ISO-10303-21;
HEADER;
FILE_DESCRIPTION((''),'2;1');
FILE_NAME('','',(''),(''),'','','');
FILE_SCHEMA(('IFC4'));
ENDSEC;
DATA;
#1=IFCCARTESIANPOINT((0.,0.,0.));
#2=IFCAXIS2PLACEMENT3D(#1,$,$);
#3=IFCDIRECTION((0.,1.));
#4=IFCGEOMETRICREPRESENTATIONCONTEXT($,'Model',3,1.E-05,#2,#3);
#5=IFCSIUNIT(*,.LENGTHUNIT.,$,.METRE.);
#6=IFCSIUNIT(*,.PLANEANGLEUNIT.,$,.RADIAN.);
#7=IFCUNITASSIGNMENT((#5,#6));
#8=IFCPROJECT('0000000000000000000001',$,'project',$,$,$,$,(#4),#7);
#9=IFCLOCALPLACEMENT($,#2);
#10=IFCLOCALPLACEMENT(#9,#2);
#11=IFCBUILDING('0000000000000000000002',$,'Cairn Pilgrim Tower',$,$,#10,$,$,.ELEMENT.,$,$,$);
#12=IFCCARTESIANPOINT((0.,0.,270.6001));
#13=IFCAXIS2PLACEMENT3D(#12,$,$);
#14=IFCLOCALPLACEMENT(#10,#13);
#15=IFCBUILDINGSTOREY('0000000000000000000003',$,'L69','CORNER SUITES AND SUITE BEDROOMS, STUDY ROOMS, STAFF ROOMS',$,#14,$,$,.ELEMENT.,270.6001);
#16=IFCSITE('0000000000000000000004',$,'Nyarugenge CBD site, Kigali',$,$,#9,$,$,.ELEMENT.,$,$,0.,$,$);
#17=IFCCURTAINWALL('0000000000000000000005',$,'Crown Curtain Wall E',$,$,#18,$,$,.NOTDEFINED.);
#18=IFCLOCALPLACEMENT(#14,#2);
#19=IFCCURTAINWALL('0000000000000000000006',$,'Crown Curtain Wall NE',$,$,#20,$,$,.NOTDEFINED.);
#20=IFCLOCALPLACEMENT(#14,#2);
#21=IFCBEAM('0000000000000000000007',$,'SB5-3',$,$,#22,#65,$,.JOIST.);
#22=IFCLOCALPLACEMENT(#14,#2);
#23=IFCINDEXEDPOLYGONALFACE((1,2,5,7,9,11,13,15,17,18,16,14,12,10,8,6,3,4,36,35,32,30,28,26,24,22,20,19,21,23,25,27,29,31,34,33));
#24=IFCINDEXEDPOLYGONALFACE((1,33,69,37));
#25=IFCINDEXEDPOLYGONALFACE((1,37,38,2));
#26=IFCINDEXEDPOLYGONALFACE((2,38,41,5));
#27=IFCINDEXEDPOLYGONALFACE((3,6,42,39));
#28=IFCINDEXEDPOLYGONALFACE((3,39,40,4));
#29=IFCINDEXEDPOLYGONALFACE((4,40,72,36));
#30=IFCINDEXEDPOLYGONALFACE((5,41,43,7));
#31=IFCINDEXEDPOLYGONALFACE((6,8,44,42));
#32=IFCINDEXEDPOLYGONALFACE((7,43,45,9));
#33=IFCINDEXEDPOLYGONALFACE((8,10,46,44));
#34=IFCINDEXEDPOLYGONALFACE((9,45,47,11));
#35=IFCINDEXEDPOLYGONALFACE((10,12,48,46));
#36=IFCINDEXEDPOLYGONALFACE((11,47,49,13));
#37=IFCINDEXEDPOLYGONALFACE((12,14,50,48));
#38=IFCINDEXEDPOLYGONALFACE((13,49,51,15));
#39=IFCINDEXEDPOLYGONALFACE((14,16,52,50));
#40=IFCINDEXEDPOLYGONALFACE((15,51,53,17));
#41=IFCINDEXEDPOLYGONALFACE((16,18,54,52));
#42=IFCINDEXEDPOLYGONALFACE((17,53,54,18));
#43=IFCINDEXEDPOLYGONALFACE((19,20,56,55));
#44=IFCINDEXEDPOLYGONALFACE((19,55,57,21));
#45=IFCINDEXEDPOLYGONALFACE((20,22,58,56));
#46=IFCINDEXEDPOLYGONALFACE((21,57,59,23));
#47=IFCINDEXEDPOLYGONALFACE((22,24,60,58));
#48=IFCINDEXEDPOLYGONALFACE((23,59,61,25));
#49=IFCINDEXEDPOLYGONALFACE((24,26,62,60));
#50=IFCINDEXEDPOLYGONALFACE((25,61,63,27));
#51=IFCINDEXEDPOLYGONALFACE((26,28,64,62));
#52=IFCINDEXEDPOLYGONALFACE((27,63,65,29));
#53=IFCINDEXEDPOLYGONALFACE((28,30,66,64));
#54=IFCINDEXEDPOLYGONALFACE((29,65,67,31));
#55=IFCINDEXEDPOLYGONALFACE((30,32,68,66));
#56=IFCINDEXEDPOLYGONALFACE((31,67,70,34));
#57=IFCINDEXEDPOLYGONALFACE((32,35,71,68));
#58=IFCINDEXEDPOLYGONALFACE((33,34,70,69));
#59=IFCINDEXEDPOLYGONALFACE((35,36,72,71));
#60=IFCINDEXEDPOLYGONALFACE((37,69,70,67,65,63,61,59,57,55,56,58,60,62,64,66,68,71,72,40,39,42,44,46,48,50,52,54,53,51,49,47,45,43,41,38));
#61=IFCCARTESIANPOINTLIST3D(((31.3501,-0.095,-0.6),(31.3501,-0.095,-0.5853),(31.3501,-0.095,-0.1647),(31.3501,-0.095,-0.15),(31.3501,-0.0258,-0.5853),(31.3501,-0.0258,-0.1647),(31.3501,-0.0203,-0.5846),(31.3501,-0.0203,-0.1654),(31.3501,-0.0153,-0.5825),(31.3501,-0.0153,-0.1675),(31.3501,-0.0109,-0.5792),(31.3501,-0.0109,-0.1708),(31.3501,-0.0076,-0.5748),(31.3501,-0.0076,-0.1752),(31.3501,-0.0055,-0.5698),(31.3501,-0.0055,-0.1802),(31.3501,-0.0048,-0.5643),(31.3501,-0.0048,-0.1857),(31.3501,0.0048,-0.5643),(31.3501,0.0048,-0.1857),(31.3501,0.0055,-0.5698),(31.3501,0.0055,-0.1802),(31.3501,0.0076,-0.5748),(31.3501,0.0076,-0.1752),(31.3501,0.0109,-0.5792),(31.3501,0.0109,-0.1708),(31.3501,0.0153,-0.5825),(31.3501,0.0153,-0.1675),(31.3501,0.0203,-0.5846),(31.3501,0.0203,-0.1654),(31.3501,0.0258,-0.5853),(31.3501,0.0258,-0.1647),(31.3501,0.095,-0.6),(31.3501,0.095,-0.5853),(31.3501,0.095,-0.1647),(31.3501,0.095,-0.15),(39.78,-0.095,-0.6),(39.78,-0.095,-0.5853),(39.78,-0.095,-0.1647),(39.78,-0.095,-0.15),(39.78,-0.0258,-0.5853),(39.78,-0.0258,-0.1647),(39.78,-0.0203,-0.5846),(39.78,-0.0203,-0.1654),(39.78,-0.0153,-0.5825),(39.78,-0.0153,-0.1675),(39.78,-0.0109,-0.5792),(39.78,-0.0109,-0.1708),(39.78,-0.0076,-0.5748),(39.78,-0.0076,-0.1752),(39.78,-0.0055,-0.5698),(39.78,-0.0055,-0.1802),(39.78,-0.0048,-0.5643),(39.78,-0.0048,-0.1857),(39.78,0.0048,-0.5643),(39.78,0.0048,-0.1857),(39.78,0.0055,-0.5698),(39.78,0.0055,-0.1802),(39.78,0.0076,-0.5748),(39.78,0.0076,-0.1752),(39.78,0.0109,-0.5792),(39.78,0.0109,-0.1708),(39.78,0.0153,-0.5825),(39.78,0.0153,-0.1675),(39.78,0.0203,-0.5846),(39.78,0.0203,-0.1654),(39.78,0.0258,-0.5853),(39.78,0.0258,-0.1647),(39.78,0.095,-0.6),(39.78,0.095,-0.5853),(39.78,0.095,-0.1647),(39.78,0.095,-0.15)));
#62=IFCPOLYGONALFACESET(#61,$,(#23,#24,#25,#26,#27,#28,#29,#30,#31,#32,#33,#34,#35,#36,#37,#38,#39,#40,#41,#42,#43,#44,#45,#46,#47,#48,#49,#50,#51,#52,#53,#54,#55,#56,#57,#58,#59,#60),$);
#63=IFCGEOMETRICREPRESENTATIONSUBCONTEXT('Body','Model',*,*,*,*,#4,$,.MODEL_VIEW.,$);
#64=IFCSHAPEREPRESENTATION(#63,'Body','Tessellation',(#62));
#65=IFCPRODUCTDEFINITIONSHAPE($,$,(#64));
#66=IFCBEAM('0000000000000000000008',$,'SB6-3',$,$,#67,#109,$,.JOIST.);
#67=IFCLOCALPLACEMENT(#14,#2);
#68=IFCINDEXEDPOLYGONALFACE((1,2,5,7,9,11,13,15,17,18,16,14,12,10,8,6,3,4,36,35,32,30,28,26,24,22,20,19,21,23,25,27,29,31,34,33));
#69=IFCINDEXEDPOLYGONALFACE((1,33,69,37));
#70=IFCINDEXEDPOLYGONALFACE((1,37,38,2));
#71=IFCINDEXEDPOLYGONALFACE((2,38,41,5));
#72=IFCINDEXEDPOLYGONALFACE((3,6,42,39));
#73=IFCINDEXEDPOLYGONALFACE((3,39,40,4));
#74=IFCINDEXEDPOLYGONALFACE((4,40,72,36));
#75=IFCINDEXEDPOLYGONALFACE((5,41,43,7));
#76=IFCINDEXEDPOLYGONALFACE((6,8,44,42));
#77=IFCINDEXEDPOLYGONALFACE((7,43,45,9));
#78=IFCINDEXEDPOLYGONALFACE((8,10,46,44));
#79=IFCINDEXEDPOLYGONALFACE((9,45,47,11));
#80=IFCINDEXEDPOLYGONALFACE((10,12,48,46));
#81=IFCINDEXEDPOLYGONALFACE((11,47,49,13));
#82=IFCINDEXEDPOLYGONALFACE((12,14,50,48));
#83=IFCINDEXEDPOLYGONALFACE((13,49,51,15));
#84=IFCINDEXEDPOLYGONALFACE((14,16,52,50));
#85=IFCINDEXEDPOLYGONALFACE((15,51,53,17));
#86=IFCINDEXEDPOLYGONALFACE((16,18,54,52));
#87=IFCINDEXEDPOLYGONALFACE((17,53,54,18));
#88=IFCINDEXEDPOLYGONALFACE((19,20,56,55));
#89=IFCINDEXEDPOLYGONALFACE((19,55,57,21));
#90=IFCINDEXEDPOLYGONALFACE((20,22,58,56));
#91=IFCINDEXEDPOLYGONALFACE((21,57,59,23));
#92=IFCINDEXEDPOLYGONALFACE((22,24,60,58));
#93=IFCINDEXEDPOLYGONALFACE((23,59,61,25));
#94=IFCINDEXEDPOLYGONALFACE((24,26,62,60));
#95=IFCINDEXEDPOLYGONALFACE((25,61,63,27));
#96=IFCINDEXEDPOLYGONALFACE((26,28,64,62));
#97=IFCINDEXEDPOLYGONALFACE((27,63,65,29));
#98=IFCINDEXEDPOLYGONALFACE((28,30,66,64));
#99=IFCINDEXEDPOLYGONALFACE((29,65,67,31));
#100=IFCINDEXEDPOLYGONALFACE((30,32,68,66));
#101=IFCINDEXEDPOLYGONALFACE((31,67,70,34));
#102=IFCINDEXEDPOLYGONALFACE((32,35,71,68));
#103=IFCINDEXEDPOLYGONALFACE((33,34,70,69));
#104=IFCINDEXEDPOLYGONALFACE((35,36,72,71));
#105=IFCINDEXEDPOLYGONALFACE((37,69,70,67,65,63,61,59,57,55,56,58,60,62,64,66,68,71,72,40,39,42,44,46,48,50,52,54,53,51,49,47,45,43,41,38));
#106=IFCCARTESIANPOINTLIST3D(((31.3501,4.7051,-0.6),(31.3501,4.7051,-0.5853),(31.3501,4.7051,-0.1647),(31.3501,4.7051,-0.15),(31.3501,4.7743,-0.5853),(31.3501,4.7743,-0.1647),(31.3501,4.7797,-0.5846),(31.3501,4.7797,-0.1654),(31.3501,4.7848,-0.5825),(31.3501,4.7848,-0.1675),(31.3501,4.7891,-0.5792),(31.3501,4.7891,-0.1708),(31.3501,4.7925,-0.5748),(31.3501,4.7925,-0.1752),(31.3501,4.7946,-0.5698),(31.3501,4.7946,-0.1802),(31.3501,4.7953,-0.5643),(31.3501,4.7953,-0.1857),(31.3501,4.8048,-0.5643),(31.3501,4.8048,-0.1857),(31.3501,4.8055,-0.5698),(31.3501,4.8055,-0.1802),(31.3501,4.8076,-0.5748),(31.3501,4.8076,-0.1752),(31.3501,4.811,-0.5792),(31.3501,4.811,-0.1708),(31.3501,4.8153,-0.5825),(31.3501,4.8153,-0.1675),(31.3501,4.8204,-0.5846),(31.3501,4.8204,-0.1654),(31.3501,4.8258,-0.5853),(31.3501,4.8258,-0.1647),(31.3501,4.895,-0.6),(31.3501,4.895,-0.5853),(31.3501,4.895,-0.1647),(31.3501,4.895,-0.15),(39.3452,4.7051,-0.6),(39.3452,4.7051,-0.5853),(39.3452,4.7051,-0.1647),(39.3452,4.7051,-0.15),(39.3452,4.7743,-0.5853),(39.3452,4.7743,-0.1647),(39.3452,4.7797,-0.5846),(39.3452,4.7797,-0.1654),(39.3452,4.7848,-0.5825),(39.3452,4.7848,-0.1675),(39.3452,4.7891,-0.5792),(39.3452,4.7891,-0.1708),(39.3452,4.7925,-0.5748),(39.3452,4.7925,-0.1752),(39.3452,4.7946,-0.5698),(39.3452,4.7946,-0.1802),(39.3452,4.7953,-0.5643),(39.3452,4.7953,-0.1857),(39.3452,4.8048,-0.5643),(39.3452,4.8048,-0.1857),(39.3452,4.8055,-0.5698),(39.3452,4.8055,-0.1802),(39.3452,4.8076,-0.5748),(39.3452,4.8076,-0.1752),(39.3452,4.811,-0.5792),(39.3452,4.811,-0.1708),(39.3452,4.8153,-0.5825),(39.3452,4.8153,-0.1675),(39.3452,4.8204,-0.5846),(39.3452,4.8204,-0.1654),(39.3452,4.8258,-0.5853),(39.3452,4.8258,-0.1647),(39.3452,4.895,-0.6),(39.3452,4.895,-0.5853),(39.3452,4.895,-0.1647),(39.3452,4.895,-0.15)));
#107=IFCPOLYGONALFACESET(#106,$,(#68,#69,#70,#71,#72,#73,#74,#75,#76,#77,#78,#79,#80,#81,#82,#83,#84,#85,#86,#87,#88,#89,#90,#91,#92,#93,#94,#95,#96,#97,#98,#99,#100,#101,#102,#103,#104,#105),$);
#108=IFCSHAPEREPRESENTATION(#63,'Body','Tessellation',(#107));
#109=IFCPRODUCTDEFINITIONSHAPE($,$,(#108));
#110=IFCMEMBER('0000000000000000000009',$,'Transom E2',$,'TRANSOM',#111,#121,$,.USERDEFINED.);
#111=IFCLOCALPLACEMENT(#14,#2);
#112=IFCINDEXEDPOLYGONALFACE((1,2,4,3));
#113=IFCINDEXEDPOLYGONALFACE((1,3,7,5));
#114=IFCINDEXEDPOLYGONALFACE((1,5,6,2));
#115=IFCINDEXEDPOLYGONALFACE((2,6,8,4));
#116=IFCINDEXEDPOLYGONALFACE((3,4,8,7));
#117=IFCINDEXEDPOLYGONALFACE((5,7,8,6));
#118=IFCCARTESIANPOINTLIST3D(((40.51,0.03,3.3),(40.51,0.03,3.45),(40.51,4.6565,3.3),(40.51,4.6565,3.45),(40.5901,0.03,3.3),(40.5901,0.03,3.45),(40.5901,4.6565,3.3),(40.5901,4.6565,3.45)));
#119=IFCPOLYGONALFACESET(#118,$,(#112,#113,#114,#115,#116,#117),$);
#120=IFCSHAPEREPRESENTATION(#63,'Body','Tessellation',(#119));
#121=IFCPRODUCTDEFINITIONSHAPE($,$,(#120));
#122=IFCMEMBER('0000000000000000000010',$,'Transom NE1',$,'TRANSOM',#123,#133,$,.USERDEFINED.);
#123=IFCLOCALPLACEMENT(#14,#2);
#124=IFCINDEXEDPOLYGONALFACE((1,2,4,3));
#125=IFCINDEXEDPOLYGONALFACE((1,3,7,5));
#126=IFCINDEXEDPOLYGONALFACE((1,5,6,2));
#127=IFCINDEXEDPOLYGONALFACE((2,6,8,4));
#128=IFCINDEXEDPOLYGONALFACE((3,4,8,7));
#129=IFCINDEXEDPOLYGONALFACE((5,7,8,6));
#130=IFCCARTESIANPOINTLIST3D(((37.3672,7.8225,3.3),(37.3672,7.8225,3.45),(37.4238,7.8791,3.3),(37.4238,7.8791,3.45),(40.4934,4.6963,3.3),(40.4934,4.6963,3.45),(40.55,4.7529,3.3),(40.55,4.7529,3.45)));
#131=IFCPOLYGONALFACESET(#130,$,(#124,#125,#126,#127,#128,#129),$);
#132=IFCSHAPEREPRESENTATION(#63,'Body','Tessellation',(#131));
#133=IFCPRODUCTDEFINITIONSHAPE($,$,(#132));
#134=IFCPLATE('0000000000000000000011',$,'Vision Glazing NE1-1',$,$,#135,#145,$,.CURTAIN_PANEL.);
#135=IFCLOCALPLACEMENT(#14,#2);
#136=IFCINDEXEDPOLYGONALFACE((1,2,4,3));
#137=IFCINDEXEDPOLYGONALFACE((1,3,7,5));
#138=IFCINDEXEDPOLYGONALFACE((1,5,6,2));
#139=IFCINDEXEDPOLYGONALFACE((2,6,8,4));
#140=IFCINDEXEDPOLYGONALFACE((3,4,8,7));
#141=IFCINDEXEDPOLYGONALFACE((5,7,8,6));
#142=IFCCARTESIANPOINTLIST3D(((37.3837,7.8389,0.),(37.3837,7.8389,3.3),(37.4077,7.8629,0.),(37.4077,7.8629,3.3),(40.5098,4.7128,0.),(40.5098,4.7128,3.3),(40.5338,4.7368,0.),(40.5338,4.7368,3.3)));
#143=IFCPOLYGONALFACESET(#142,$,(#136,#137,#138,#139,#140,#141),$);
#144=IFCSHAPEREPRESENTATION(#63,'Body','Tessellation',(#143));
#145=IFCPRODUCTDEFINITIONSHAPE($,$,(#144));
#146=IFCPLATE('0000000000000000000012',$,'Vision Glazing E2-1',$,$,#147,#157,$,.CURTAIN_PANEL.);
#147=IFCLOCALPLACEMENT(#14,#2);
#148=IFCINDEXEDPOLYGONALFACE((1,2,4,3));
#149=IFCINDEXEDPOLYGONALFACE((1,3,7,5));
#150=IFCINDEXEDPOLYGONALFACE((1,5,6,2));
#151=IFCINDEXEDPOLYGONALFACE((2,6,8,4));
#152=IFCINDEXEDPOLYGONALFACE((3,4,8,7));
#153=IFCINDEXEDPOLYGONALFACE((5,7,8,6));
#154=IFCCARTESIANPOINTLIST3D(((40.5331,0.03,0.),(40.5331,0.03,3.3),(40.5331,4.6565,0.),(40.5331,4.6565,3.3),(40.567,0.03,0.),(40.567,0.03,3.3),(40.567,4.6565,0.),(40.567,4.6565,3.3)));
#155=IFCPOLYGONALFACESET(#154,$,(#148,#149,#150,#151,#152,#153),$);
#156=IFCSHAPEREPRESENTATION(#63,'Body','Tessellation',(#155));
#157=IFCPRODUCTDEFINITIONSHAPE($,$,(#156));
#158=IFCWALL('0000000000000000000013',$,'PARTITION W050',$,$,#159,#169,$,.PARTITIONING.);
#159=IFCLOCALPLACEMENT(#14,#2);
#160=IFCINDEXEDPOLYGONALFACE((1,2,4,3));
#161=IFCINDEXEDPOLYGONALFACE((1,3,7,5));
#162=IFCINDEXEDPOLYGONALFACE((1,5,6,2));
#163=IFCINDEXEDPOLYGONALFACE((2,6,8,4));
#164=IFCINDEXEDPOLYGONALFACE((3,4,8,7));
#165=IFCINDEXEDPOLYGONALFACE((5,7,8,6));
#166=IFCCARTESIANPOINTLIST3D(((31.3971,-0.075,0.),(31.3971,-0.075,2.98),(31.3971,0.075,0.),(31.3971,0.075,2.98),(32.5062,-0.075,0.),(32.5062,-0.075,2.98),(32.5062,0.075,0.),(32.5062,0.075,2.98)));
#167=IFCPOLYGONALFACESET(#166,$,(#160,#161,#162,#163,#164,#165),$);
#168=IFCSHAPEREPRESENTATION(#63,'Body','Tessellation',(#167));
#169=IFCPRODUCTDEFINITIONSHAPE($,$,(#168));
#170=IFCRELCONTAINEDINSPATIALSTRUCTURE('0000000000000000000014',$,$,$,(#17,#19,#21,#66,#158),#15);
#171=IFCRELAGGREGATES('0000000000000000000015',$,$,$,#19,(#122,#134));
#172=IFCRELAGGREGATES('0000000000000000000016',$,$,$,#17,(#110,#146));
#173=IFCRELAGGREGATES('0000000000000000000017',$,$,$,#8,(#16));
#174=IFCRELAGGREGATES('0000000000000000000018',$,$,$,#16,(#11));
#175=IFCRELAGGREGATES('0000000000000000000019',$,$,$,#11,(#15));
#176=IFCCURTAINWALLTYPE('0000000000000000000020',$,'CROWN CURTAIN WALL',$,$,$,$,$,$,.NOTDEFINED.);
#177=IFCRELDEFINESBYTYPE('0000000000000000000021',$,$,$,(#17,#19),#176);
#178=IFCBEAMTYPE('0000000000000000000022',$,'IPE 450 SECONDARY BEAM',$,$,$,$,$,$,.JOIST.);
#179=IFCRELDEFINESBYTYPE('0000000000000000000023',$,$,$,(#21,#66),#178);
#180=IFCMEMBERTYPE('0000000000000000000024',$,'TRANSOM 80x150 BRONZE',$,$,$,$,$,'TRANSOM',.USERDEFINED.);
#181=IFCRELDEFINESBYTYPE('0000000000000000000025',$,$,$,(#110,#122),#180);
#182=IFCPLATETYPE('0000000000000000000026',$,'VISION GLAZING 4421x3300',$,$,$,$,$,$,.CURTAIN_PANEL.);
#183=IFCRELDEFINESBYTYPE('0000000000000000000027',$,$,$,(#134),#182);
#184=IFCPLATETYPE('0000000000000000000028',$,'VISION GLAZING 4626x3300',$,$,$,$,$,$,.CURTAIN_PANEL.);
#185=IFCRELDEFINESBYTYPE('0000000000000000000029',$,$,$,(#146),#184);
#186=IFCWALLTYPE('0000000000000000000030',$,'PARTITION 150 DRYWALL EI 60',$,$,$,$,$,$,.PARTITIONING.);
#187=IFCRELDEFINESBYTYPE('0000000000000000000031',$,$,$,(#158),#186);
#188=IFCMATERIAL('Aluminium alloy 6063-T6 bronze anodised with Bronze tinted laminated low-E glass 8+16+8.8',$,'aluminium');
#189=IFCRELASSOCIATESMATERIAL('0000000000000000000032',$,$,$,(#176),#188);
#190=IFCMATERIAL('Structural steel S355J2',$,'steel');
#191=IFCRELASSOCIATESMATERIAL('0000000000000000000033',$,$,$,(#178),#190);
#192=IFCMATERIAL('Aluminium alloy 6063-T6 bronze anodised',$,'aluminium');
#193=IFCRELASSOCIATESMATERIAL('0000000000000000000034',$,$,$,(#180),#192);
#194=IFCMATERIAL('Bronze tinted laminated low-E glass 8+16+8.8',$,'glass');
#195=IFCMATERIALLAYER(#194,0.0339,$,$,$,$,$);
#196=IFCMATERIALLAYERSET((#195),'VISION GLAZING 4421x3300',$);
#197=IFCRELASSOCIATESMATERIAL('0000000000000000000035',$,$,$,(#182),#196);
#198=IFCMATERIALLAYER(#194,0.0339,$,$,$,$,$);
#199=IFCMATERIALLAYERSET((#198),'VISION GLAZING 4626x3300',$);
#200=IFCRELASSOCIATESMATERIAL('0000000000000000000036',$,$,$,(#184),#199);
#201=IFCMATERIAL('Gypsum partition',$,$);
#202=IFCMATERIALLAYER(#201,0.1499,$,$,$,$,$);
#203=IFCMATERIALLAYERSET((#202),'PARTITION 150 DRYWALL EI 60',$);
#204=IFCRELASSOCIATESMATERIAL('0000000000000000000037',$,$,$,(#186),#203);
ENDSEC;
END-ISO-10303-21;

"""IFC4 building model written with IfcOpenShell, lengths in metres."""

from ifc_helpers import new_model, si_unit, direction, frame, frame_2d, origin, origin_2d, place, context, subcontext, project, spatial, rectangle, i_section, extrude, material, layer, layer_set, material_profile, profile_set, type_object, element, aggregate, save


model = new_model("IFC4")

# Units and contexts
model_context = context("Model", 3, precision=1e-05, world=origin(), true_north=direction((0.0, 1.0)))
body_context = subcontext(model_context, "Body", "Model", "MODEL_VIEW")
ifc_project = project(units=[si_unit("LENGTHUNIT", "METRE"), si_unit("PLANEANGLEUNIT", "RADIAN")], contexts=[model_context])

# Site, building, storey
site_placement = place(None, origin())
site = spatial("IfcSite", under=ifc_project, at=site_placement, Name="Nyarugenge CBD site, Kigali", CompositionType="ELEMENT", RefElevation=0.0)
building_placement = place(site_placement, origin())
building = spatial("IfcBuilding", under=site, at=building_placement, Name="Cairn Pilgrim Tower", CompositionType="ELEMENT")
storey_placement = place(building_placement, frame((0.0, 0.0, 270.6001)))
storey = spatial("IfcBuildingStorey", under=building, at=storey_placement, Name="L69", Description="CORNER SUITES AND SUITE BEDROOMS, STUDY ROOMS, STAFF ROOMS", CompositionType="ELEMENT", Elevation=270.6001)

# Shared definitions
ifc_material_1 = material(Name="Structural steel S355J2", Category="steel")

# Curtain wall
ifc_material_2 = material(Name="Aluminium alloy 6063-T6 bronze anodised with Bronze tinted laminated low-E glass 8+16+8.8", Category="aluminium")
curtain_wall_type = type_object("IfcCurtainWallType", Name="CROWN CURTAIN WALL", PredefinedType="NOTDEFINED", material=ifc_material_2)
curtain_wall_1_placement = place(storey_placement, origin())
curtain_wall_1 = element("IfcCurtainWall", 1, at=curtain_wall_1_placement, inside=storey, type_object=curtain_wall_type, Name="Crown Curtain Wall E", PredefinedType="NOTDEFINED")
ifc_material_3 = material(Name="Aluminium alloy 6063-T6 bronze anodised", Category="aluminium")

# Curtain wall
curtain_wall_2_placement = place(storey_placement, origin())
curtain_wall_2 = element("IfcCurtainWall", 2, at=curtain_wall_2_placement, inside=storey, type_object=curtain_wall_type, Name="Crown Curtain Wall NE", PredefinedType="NOTDEFINED")

# Beams
ifc_material_profile_1 = material_profile(ifc_material_1, i_section(OverallWidth=0.1899, OverallDepth=0.45, WebThickness=0.0095, FlangeThickness=0.0146, FilletRadius=0.021, at=origin_2d()), Name="IPE 450")
ifc_profile_set_1 = profile_set([ifc_material_profile_1], Name="Structural steel S355J2")
beam_type_1 = type_object("IfcBeamType", Name="IPE 450 SECONDARY BEAM", PredefinedType="JOIST", material=ifc_profile_set_1)
beam_1_placement = place(storey_placement, frame((31.3501, 0.0, -0.375), z_axis=(1.0, 0.0, 0.0), x_axis=(0.0, 1.0, 0.0)))
element("IfcBeam", 3, at=beam_1_placement, inside=storey, type_object=beam_type_1, Name="SB5-3", PredefinedType="JOIST", context=body_context, shape_type="SweptSolid", body=[
    extrude(i_section(OverallWidth=0.1899, OverallDepth=0.45, WebThickness=0.0095, FlangeThickness=0.0146, FilletRadius=0.021, at=origin_2d()), origin(), (0.0, 0.0, 1.0), 8.4299),
])
beam_2_placement = place(storey_placement, frame((31.3501, 4.8, -0.375), z_axis=(1.0, 0.0, 0.0), x_axis=(0.0, 1.0, 0.0)))
element("IfcBeam", 4, at=beam_2_placement, inside=storey, type_object=beam_type_1, Name="SB6-3", PredefinedType="JOIST", context=body_context, shape_type="SweptSolid", body=[
    extrude(i_section(OverallWidth=0.1899, OverallDepth=0.45, WebThickness=0.0095, FlangeThickness=0.0146, FilletRadius=0.021, at=origin_2d()), origin(), (0.0, 0.0, 1.0), 7.9951),
])

# Members
ifc_material_profile_2 = material_profile(ifc_material_3, rectangle(XDim=0.0801, YDim=0.1499, at=origin_2d()), Name="TRANSOM 80x150 BRONZE")
ifc_profile_set_2 = profile_set([ifc_material_profile_2], Name="Aluminium alloy 6063-T6 bronze anodised")
member_type_1 = type_object("IfcMemberType", Name="TRANSOM 80x150 BRONZE", ElementType="TRANSOM", PredefinedType="USERDEFINED", material=ifc_profile_set_2)
member_1_placement = place(storey_placement, frame((40.55, 0.03, 3.375), z_axis=(0.0, 1.0, 0.0), x_axis=(-1.0, 0.0, 0.0)))
member_1 = element("IfcMember", 5, at=member_1_placement, type_object=member_type_1, Name="Transom E2", ObjectType="TRANSOM", PredefinedType="USERDEFINED", context=body_context, shape_type="SweptSolid", body=[
    extrude(rectangle(XDim=0.0801, YDim=0.1499, at=origin_2d()), origin(), (0.0, 0.0, 1.0), 4.6265),
])
member_2_placement = place(storey_placement, frame((40.5217, 4.7246, 3.375), z_axis=(-0.707107, 0.707107, 0.0), x_axis=(-0.707107, -0.707107, 0.0)))
member_2 = element("IfcMember", 6, at=member_2_placement, type_object=member_type_1, Name="Transom NE1", ObjectType="TRANSOM", PredefinedType="USERDEFINED", context=body_context, shape_type="SweptSolid", body=[
    extrude(rectangle(XDim=0.0801, YDim=0.1499, at=origin_2d()), origin(), (0.0, 0.0, 1.0), 4.4211),
])

# Plates
ifc_material_4 = material(Name="Bronze tinted laminated low-E glass 8+16+8.8", Category="glass")
ifc_layer_1 = layer(ifc_material_4, 0.0339)
ifc_layer_set_1 = layer_set([ifc_layer_1], Name="VISION GLAZING 4421x3300")
plate_type_1 = type_object("IfcPlateType", Name="VISION GLAZING 4421x3300", PredefinedType="CURTAIN_PANEL", material=ifc_layer_set_1)
plate_1_placement = place(storey_placement, frame((38.9587, 6.2878, 0.0), z_axis=(0.0, 0.0, 1.0), x_axis=(-0.707107, 0.707107, 0.0)))
plate_1 = element("IfcPlate", 7, at=plate_1_placement, type_object=plate_type_1, Name="Vision Glazing NE1-1", PredefinedType="CURTAIN_PANEL", context=body_context, shape_type="SweptSolid", body=[
    extrude(rectangle(XDim=4.4209, YDim=0.0339, at=origin_2d()), origin(), (0.0, 0.0, 1.0), 3.3),
])
aggregate(curtain_wall_2, [member_2, plate_1])
ifc_layer_2 = layer(ifc_material_4, 0.0339)
ifc_layer_set_2 = layer_set([ifc_layer_2], Name="VISION GLAZING 4626x3300")
plate_type_2 = type_object("IfcPlateType", Name="VISION GLAZING 4626x3300", PredefinedType="CURTAIN_PANEL", material=ifc_layer_set_2)
plate_2_placement = place(storey_placement, frame((40.55, 2.3433, 0.0), z_axis=(0.0, 0.0, 1.0), x_axis=(0.0, 1.0, 0.0)))
plate_2 = element("IfcPlate", 8, at=plate_2_placement, type_object=plate_type_2, Name="Vision Glazing E2-1", PredefinedType="CURTAIN_PANEL", context=body_context, shape_type="SweptSolid", body=[
    extrude(rectangle(XDim=4.6265, YDim=0.0339, at=origin_2d()), origin(), (0.0, 0.0, 1.0), 3.3),
])
aggregate(curtain_wall_1, [member_1, plate_2])

# Wall
ifc_material_5 = material(Name="Gypsum partition")
ifc_layer_3 = layer(ifc_material_5, 0.1499)
ifc_layer_set_3 = layer_set([ifc_layer_3], Name="PARTITION 150 DRYWALL EI 60")
wall_type_1 = type_object("IfcWallType", Name="PARTITION 150 DRYWALL EI 60", PredefinedType="PARTITIONING", material=ifc_layer_set_3)
wall_1_placement = place(storey_placement, frame((31.397, 0.0, 0.0), z_axis=(0.0, 0.0, 1.0), x_axis=(1.0, 0.0, 0.0)))
element("IfcWall", 9, at=wall_1_placement, inside=storey, type_object=wall_type_1, Name="PARTITION W050", PredefinedType="PARTITIONING", context=body_context, shape_type="SweptSolid", body=[
    extrude(rectangle(XDim=1.1091, YDim=0.1499, at=frame_2d((0.5547, 0.0))), origin(), (0.0, 0.0, 1.0), 2.98),
])

save(model, "model.ifc")
